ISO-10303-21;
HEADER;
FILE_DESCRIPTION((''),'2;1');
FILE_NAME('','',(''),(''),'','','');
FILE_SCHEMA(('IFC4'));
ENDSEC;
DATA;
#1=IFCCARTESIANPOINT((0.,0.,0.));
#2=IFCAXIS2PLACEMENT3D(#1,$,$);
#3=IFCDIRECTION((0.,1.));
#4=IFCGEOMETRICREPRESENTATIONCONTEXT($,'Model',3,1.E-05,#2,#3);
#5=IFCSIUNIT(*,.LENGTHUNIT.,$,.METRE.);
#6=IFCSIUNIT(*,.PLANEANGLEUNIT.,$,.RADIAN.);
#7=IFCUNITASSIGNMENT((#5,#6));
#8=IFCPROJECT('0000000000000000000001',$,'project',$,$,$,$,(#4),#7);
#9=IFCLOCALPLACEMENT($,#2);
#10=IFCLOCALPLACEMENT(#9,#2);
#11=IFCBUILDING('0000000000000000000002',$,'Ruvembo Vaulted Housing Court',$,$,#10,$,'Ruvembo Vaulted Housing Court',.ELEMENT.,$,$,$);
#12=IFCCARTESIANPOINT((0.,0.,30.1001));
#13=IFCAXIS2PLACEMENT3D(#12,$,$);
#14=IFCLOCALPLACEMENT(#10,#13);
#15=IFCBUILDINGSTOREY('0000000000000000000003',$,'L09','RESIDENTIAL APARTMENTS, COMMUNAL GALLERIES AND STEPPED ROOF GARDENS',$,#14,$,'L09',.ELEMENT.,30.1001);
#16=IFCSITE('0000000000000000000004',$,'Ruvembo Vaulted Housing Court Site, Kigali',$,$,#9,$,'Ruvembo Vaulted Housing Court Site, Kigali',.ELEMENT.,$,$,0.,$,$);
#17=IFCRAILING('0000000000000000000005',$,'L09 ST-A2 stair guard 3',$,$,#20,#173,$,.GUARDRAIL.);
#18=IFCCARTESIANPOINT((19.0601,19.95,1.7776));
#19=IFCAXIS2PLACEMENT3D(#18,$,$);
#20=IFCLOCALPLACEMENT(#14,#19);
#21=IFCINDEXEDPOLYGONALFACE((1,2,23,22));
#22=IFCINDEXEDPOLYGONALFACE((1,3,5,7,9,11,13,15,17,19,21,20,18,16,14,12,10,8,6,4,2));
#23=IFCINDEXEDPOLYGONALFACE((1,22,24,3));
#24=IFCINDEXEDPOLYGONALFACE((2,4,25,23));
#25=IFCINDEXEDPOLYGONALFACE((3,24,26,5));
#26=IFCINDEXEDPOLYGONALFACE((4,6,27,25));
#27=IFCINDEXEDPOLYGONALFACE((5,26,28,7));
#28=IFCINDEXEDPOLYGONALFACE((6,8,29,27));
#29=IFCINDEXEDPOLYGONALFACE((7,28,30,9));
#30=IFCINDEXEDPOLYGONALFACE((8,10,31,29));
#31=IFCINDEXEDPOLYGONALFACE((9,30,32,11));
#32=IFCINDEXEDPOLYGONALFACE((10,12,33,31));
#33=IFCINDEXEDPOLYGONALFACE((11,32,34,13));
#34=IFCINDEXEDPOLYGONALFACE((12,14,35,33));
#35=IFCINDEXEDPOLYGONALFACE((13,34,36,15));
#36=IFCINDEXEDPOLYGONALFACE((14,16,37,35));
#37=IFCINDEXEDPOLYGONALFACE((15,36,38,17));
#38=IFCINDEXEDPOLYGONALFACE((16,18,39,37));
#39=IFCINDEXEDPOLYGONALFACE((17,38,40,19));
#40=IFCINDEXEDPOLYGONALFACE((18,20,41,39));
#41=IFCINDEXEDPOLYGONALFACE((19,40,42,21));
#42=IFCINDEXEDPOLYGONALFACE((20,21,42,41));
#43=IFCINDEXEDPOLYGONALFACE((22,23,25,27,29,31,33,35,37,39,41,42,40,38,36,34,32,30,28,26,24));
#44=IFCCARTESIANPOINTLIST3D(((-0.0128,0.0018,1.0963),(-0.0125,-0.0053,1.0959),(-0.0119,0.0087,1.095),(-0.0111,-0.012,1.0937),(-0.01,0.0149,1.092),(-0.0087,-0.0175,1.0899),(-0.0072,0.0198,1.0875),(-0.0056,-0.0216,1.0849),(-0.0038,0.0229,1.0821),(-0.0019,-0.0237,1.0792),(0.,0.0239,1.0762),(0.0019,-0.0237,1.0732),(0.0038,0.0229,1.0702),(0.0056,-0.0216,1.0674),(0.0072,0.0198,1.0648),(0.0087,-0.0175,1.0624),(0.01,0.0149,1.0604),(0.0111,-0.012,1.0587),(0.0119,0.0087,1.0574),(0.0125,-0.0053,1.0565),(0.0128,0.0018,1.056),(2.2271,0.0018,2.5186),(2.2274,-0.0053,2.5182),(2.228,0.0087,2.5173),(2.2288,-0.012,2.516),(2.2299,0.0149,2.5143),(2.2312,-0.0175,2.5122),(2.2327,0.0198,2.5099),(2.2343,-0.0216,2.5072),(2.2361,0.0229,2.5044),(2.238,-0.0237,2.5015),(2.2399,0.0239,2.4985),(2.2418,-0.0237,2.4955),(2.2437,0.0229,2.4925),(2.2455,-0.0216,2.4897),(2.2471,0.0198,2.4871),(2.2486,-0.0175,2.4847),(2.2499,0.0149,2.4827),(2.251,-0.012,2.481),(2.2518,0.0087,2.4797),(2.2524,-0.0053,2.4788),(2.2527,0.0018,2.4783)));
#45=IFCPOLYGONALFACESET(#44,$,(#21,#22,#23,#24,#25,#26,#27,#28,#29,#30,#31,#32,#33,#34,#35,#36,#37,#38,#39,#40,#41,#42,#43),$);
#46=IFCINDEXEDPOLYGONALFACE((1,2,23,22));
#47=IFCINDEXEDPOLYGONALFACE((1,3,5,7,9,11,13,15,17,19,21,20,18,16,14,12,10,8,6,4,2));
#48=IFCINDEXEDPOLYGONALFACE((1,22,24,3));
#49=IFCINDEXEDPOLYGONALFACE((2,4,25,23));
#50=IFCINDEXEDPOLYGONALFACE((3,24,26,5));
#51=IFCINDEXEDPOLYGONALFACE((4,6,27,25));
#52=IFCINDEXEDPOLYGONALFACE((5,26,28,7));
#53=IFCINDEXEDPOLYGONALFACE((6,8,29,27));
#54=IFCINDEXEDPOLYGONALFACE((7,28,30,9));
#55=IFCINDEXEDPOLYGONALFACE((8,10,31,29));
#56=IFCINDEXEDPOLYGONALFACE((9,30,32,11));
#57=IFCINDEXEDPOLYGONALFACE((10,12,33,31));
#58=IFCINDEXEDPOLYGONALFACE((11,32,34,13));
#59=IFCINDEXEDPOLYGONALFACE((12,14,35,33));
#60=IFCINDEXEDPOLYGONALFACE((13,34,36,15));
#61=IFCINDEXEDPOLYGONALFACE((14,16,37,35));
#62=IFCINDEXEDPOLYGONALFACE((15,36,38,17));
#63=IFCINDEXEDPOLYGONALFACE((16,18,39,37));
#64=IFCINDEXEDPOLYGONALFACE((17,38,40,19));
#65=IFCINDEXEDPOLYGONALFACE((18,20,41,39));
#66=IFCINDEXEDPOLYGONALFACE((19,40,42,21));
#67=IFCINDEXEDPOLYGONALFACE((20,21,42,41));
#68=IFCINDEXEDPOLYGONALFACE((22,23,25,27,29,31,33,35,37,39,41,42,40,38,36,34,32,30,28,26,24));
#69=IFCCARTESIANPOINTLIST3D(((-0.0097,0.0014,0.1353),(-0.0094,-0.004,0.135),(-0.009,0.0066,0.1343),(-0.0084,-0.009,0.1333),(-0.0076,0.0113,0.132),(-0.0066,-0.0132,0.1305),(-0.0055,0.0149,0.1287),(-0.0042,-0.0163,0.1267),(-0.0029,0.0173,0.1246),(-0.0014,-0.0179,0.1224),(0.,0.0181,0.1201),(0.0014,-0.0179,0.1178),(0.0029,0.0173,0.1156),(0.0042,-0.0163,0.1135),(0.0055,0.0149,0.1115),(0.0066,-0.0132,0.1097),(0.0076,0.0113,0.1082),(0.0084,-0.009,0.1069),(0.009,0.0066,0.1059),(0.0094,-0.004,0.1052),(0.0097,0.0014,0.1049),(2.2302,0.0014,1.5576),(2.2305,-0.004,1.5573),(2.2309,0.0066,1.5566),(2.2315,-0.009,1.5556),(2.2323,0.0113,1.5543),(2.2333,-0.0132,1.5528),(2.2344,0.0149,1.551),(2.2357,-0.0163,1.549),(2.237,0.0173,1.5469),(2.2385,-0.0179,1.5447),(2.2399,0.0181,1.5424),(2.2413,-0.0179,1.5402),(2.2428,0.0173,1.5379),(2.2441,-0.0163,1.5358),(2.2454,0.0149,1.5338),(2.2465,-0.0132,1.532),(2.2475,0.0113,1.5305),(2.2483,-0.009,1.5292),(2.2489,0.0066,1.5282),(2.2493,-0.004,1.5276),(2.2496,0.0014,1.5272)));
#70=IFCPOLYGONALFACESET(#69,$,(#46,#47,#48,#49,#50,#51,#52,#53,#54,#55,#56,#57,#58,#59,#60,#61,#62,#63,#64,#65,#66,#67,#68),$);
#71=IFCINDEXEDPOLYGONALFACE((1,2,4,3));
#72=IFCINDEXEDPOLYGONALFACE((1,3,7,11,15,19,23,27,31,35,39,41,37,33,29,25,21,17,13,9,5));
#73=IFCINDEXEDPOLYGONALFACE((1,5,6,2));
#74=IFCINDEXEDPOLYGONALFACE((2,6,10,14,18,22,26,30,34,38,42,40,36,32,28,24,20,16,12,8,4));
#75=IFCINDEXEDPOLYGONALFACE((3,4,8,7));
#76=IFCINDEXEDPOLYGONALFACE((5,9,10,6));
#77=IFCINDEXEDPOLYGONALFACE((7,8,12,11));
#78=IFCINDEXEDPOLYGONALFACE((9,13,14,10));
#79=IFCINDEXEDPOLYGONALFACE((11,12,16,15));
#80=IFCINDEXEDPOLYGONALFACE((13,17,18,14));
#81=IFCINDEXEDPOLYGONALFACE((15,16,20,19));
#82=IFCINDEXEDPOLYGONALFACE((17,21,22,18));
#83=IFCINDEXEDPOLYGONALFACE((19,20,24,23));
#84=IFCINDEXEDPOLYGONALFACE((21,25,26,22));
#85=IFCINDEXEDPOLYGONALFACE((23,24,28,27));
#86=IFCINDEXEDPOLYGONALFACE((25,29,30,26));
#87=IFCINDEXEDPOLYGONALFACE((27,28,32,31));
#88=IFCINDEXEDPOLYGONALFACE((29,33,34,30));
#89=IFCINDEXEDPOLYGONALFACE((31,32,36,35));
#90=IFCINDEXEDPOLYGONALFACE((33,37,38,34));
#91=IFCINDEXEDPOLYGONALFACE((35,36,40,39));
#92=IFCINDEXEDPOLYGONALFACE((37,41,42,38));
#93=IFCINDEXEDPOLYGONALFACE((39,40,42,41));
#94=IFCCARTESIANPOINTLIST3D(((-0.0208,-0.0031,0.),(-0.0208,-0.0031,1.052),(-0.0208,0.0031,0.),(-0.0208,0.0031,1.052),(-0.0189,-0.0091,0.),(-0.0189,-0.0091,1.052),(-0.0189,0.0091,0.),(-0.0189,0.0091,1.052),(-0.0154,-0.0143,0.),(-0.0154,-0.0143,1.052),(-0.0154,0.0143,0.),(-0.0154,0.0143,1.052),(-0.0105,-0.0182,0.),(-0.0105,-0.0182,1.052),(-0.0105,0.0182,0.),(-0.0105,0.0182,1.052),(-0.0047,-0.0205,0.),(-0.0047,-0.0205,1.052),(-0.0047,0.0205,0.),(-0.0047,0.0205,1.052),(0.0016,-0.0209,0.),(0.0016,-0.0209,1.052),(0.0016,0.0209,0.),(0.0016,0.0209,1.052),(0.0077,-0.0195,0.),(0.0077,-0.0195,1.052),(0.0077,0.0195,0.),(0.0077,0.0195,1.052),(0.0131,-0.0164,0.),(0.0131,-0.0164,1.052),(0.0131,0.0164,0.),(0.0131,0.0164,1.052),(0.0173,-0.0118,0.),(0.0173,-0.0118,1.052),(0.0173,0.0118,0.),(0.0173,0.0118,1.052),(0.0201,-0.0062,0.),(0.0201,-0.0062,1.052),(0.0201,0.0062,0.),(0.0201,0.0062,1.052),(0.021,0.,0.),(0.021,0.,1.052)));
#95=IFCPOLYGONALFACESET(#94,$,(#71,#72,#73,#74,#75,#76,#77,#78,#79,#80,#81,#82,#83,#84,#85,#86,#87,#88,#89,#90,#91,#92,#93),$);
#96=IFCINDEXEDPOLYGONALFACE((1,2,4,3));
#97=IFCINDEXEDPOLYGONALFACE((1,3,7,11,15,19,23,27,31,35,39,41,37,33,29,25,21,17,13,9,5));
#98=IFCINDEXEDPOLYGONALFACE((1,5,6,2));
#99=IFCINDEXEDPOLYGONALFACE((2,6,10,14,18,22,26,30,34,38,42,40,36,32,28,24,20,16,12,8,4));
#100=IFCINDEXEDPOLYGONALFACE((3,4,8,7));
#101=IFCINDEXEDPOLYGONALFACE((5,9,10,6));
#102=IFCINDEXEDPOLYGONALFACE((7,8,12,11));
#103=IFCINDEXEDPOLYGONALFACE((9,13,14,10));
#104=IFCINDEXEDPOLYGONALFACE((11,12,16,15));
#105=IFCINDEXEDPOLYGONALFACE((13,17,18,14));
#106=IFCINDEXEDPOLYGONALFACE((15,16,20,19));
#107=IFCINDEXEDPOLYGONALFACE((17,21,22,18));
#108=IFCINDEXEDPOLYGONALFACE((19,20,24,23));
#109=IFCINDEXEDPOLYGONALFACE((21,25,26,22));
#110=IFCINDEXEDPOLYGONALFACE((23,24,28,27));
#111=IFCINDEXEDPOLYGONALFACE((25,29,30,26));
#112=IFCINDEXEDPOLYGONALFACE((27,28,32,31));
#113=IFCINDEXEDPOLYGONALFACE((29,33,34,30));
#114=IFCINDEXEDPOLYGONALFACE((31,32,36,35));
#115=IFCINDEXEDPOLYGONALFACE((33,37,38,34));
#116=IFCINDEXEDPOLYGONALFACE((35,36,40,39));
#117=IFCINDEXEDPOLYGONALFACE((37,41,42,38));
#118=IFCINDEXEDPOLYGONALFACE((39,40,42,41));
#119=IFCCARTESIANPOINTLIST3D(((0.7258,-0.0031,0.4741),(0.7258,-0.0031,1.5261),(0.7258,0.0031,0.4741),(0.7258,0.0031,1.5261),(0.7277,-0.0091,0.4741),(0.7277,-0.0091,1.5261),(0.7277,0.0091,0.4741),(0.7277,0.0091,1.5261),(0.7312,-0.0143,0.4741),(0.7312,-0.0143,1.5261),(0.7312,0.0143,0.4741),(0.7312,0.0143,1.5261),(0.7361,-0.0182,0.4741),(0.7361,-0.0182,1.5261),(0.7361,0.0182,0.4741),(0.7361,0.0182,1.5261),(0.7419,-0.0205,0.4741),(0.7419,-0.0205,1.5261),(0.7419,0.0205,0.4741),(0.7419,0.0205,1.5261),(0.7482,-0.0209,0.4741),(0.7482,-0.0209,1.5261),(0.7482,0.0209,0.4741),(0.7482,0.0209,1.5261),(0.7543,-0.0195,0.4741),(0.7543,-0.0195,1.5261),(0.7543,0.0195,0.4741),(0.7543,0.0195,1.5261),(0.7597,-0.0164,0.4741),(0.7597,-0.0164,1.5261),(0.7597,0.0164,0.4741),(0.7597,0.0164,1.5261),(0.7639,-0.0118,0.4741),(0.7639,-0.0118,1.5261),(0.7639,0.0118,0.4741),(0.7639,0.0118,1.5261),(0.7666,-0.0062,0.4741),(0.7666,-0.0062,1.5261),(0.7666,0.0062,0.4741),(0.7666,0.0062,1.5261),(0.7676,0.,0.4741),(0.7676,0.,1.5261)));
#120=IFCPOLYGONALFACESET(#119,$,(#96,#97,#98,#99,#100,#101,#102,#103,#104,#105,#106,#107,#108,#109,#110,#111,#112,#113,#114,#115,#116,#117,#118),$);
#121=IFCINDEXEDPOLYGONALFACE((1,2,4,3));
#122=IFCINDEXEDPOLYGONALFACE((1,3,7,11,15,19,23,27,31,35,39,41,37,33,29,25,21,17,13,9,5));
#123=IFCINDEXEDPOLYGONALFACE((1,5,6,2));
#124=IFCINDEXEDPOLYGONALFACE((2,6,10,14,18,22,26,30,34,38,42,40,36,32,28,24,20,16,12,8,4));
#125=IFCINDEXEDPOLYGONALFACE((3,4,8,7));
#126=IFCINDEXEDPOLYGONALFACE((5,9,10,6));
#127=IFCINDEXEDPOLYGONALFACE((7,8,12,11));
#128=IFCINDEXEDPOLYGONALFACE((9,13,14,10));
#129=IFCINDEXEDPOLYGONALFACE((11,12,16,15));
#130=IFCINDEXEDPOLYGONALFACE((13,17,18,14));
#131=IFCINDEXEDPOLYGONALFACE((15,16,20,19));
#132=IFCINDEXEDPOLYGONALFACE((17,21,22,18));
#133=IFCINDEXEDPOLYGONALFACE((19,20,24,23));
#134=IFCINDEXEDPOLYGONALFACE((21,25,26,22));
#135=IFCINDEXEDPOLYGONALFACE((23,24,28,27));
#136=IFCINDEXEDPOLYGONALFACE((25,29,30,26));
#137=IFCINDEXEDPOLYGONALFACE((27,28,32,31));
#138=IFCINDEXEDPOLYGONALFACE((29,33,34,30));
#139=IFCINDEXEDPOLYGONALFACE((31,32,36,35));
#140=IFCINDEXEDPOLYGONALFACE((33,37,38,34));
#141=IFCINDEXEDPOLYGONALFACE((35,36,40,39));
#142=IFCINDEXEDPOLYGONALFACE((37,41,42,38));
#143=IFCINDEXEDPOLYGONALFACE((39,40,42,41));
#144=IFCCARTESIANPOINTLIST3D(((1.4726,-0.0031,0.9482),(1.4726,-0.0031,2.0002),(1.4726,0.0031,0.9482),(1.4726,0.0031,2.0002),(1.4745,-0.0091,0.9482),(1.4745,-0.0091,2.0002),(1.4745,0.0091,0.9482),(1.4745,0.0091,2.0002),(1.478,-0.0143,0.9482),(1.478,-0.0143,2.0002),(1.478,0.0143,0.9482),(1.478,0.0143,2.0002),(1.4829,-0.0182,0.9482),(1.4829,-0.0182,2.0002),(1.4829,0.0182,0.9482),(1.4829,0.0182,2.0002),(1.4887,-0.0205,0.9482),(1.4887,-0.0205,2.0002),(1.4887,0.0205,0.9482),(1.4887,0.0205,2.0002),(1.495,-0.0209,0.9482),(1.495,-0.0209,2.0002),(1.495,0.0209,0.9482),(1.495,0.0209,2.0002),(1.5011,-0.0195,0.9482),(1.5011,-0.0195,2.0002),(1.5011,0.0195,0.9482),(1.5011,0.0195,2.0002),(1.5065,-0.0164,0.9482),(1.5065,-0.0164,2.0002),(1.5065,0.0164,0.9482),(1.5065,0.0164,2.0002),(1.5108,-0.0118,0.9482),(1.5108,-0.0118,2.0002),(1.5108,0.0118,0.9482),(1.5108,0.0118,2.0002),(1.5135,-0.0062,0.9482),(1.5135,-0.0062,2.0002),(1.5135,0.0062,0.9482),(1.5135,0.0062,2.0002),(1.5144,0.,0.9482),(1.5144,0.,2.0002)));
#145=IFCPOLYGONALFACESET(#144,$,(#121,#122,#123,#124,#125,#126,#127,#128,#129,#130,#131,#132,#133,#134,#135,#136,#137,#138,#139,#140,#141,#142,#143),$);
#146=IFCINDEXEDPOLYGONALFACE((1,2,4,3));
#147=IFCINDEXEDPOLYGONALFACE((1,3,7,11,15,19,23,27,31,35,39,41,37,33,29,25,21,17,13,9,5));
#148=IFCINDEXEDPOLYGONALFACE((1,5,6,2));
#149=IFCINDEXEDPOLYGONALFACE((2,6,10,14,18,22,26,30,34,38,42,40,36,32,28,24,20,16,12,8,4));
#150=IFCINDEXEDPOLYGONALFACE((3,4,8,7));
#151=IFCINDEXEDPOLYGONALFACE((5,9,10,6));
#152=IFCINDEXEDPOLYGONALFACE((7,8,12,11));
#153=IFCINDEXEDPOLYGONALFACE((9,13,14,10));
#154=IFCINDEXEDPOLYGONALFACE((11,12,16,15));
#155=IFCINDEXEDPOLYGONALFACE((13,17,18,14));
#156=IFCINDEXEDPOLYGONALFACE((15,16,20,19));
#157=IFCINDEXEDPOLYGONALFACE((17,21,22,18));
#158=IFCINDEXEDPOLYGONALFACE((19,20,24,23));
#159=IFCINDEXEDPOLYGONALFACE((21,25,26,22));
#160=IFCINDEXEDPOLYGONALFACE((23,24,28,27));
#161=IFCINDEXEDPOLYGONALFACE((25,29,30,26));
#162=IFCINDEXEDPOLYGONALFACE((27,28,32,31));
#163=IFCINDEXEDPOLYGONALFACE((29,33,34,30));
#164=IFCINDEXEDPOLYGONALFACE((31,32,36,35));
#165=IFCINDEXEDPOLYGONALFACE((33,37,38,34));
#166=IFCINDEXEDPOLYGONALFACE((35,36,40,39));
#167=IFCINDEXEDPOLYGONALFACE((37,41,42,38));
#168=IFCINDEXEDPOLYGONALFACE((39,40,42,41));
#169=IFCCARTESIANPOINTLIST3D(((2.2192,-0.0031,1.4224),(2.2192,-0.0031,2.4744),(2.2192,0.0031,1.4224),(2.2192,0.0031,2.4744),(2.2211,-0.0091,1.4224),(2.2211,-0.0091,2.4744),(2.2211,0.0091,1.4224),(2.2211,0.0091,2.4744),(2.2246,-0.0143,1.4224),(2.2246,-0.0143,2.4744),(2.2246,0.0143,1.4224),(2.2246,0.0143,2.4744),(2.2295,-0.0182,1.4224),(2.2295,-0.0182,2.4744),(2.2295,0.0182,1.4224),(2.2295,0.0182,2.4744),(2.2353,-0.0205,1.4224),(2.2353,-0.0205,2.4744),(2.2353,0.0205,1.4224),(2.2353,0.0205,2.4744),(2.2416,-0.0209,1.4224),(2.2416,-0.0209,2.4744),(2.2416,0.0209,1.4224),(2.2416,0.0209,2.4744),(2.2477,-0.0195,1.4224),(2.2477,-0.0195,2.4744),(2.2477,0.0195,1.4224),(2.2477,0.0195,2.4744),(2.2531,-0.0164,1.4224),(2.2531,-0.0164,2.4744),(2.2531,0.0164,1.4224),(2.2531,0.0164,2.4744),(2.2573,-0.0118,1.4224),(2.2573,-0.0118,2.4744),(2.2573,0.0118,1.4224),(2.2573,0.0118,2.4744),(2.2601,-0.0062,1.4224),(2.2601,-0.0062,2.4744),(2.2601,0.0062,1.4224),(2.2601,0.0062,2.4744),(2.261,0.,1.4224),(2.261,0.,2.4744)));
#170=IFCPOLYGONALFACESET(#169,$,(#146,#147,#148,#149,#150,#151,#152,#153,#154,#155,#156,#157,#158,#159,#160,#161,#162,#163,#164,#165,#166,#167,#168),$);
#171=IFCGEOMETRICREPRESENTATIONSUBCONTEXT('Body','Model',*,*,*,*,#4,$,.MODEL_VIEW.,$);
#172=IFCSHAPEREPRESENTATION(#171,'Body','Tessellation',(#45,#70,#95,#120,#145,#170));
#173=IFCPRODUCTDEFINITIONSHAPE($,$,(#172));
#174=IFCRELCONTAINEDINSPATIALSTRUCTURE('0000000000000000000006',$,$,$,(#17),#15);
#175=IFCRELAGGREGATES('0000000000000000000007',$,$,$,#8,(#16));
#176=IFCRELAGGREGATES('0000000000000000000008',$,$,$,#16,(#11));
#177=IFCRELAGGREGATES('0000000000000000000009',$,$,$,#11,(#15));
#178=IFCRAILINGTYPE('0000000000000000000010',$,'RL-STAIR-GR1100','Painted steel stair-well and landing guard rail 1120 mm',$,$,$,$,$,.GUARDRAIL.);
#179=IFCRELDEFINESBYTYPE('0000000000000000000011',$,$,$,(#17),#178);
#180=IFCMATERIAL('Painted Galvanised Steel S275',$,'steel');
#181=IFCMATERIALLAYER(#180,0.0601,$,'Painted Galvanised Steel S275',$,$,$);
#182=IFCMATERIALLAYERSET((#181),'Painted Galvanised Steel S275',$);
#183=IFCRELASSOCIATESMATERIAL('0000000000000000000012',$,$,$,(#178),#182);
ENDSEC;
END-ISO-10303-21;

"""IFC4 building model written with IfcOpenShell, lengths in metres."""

from ifc_helpers import new_model, si_unit, direction, frame, origin, origin_2d, place, context, subcontext, project, spatial, circle, extrude, material, layer, layer_set, type_object, element, save


model = new_model("IFC4")

# Units and contexts
model_context = context("Model", 3, precision=1e-05, world=origin(), true_north=direction((0.0, 1.0)))
body_context = subcontext(model_context, "Body", "Model", "MODEL_VIEW")
ifc_project = project(units=[si_unit("LENGTHUNIT", "METRE"), si_unit("PLANEANGLEUNIT", "RADIAN")], contexts=[model_context])

# Site, building, storey
site_placement = place(None, origin())
site = spatial("IfcSite", under=ifc_project, at=site_placement, Name="Ruvembo Vaulted Housing Court Site, Kigali", LongName="Ruvembo Vaulted Housing Court Site, Kigali", CompositionType="ELEMENT", RefElevation=0.0)
building_placement = place(site_placement, origin())
building = spatial("IfcBuilding", under=site, at=building_placement, Name="Ruvembo Vaulted Housing Court", LongName="Ruvembo Vaulted Housing Court", CompositionType="ELEMENT")
storey_placement = place(building_placement, frame((0.0, 0.0, 30.1001)))
storey = spatial("IfcBuildingStorey", under=building, at=storey_placement, Name="L09", Description="RESIDENTIAL APARTMENTS, COMMUNAL GALLERIES AND STEPPED ROOF GARDENS", LongName="L09", CompositionType="ELEMENT", Elevation=30.1001)

# Railing
ifc_material_1 = material(Name="Painted Galvanised Steel S275", Category="steel")
ifc_layer_1 = layer(ifc_material_1, 0.0601, Name="Painted Galvanised Steel S275")
ifc_layer_set_1 = layer_set([ifc_layer_1], Name="Painted Galvanised Steel S275")
railing_type_1 = type_object("IfcRailingType", Name="RL-STAIR-GR1100", Description="Painted steel stair-well and landing guard rail 1120 mm", PredefinedType="GUARDRAIL", material=ifc_layer_set_1)
railing_1_placement = place(storey_placement, frame((19.0601, 19.95, 1.7776)))
element("IfcRailing", 1, at=railing_1_placement, inside=storey, type_object=railing_type_1, Name="L09 ST-A2 stair guard 3", PredefinedType="GUARDRAIL", context=body_context, shape_type="SweptSolid", body=[
    extrude(circle(Radius=0.0239, at=origin_2d()), frame((0.0, 0.0, 1.0762), z_axis=(0.844188, 0.0, 0.536048), x_axis=(0.0, 1.0, 0.0)), (0.0, 0.0, 1.0), 2.6533),
    extrude(circle(Radius=0.0181, at=origin_2d()), frame((0.0, 0.0, 0.1201), z_axis=(0.844188, 0.0, 0.536048), x_axis=(0.0, 1.0, 0.0)), (0.0, 0.0, 1.0), 2.6533),
    extrude(circle(Radius=0.021, at=origin_2d()), origin(), (0.0, 0.0, 1.0), 1.052),
    extrude(circle(Radius=0.021, at=origin_2d()), frame((0.7466, 0.0, 0.4741)), (0.0, 0.0, 1.0), 1.052),
    extrude(circle(Radius=0.021, at=origin_2d()), frame((1.4934, 0.0, 0.9482)), (0.0, 0.0, 1.0), 1.052),
    extrude(circle(Radius=0.021, at=origin_2d()), frame((2.24, 0.0, 1.4224)), (0.0, 0.0, 1.0), 1.052),
])

save(model, "model.ifc")
